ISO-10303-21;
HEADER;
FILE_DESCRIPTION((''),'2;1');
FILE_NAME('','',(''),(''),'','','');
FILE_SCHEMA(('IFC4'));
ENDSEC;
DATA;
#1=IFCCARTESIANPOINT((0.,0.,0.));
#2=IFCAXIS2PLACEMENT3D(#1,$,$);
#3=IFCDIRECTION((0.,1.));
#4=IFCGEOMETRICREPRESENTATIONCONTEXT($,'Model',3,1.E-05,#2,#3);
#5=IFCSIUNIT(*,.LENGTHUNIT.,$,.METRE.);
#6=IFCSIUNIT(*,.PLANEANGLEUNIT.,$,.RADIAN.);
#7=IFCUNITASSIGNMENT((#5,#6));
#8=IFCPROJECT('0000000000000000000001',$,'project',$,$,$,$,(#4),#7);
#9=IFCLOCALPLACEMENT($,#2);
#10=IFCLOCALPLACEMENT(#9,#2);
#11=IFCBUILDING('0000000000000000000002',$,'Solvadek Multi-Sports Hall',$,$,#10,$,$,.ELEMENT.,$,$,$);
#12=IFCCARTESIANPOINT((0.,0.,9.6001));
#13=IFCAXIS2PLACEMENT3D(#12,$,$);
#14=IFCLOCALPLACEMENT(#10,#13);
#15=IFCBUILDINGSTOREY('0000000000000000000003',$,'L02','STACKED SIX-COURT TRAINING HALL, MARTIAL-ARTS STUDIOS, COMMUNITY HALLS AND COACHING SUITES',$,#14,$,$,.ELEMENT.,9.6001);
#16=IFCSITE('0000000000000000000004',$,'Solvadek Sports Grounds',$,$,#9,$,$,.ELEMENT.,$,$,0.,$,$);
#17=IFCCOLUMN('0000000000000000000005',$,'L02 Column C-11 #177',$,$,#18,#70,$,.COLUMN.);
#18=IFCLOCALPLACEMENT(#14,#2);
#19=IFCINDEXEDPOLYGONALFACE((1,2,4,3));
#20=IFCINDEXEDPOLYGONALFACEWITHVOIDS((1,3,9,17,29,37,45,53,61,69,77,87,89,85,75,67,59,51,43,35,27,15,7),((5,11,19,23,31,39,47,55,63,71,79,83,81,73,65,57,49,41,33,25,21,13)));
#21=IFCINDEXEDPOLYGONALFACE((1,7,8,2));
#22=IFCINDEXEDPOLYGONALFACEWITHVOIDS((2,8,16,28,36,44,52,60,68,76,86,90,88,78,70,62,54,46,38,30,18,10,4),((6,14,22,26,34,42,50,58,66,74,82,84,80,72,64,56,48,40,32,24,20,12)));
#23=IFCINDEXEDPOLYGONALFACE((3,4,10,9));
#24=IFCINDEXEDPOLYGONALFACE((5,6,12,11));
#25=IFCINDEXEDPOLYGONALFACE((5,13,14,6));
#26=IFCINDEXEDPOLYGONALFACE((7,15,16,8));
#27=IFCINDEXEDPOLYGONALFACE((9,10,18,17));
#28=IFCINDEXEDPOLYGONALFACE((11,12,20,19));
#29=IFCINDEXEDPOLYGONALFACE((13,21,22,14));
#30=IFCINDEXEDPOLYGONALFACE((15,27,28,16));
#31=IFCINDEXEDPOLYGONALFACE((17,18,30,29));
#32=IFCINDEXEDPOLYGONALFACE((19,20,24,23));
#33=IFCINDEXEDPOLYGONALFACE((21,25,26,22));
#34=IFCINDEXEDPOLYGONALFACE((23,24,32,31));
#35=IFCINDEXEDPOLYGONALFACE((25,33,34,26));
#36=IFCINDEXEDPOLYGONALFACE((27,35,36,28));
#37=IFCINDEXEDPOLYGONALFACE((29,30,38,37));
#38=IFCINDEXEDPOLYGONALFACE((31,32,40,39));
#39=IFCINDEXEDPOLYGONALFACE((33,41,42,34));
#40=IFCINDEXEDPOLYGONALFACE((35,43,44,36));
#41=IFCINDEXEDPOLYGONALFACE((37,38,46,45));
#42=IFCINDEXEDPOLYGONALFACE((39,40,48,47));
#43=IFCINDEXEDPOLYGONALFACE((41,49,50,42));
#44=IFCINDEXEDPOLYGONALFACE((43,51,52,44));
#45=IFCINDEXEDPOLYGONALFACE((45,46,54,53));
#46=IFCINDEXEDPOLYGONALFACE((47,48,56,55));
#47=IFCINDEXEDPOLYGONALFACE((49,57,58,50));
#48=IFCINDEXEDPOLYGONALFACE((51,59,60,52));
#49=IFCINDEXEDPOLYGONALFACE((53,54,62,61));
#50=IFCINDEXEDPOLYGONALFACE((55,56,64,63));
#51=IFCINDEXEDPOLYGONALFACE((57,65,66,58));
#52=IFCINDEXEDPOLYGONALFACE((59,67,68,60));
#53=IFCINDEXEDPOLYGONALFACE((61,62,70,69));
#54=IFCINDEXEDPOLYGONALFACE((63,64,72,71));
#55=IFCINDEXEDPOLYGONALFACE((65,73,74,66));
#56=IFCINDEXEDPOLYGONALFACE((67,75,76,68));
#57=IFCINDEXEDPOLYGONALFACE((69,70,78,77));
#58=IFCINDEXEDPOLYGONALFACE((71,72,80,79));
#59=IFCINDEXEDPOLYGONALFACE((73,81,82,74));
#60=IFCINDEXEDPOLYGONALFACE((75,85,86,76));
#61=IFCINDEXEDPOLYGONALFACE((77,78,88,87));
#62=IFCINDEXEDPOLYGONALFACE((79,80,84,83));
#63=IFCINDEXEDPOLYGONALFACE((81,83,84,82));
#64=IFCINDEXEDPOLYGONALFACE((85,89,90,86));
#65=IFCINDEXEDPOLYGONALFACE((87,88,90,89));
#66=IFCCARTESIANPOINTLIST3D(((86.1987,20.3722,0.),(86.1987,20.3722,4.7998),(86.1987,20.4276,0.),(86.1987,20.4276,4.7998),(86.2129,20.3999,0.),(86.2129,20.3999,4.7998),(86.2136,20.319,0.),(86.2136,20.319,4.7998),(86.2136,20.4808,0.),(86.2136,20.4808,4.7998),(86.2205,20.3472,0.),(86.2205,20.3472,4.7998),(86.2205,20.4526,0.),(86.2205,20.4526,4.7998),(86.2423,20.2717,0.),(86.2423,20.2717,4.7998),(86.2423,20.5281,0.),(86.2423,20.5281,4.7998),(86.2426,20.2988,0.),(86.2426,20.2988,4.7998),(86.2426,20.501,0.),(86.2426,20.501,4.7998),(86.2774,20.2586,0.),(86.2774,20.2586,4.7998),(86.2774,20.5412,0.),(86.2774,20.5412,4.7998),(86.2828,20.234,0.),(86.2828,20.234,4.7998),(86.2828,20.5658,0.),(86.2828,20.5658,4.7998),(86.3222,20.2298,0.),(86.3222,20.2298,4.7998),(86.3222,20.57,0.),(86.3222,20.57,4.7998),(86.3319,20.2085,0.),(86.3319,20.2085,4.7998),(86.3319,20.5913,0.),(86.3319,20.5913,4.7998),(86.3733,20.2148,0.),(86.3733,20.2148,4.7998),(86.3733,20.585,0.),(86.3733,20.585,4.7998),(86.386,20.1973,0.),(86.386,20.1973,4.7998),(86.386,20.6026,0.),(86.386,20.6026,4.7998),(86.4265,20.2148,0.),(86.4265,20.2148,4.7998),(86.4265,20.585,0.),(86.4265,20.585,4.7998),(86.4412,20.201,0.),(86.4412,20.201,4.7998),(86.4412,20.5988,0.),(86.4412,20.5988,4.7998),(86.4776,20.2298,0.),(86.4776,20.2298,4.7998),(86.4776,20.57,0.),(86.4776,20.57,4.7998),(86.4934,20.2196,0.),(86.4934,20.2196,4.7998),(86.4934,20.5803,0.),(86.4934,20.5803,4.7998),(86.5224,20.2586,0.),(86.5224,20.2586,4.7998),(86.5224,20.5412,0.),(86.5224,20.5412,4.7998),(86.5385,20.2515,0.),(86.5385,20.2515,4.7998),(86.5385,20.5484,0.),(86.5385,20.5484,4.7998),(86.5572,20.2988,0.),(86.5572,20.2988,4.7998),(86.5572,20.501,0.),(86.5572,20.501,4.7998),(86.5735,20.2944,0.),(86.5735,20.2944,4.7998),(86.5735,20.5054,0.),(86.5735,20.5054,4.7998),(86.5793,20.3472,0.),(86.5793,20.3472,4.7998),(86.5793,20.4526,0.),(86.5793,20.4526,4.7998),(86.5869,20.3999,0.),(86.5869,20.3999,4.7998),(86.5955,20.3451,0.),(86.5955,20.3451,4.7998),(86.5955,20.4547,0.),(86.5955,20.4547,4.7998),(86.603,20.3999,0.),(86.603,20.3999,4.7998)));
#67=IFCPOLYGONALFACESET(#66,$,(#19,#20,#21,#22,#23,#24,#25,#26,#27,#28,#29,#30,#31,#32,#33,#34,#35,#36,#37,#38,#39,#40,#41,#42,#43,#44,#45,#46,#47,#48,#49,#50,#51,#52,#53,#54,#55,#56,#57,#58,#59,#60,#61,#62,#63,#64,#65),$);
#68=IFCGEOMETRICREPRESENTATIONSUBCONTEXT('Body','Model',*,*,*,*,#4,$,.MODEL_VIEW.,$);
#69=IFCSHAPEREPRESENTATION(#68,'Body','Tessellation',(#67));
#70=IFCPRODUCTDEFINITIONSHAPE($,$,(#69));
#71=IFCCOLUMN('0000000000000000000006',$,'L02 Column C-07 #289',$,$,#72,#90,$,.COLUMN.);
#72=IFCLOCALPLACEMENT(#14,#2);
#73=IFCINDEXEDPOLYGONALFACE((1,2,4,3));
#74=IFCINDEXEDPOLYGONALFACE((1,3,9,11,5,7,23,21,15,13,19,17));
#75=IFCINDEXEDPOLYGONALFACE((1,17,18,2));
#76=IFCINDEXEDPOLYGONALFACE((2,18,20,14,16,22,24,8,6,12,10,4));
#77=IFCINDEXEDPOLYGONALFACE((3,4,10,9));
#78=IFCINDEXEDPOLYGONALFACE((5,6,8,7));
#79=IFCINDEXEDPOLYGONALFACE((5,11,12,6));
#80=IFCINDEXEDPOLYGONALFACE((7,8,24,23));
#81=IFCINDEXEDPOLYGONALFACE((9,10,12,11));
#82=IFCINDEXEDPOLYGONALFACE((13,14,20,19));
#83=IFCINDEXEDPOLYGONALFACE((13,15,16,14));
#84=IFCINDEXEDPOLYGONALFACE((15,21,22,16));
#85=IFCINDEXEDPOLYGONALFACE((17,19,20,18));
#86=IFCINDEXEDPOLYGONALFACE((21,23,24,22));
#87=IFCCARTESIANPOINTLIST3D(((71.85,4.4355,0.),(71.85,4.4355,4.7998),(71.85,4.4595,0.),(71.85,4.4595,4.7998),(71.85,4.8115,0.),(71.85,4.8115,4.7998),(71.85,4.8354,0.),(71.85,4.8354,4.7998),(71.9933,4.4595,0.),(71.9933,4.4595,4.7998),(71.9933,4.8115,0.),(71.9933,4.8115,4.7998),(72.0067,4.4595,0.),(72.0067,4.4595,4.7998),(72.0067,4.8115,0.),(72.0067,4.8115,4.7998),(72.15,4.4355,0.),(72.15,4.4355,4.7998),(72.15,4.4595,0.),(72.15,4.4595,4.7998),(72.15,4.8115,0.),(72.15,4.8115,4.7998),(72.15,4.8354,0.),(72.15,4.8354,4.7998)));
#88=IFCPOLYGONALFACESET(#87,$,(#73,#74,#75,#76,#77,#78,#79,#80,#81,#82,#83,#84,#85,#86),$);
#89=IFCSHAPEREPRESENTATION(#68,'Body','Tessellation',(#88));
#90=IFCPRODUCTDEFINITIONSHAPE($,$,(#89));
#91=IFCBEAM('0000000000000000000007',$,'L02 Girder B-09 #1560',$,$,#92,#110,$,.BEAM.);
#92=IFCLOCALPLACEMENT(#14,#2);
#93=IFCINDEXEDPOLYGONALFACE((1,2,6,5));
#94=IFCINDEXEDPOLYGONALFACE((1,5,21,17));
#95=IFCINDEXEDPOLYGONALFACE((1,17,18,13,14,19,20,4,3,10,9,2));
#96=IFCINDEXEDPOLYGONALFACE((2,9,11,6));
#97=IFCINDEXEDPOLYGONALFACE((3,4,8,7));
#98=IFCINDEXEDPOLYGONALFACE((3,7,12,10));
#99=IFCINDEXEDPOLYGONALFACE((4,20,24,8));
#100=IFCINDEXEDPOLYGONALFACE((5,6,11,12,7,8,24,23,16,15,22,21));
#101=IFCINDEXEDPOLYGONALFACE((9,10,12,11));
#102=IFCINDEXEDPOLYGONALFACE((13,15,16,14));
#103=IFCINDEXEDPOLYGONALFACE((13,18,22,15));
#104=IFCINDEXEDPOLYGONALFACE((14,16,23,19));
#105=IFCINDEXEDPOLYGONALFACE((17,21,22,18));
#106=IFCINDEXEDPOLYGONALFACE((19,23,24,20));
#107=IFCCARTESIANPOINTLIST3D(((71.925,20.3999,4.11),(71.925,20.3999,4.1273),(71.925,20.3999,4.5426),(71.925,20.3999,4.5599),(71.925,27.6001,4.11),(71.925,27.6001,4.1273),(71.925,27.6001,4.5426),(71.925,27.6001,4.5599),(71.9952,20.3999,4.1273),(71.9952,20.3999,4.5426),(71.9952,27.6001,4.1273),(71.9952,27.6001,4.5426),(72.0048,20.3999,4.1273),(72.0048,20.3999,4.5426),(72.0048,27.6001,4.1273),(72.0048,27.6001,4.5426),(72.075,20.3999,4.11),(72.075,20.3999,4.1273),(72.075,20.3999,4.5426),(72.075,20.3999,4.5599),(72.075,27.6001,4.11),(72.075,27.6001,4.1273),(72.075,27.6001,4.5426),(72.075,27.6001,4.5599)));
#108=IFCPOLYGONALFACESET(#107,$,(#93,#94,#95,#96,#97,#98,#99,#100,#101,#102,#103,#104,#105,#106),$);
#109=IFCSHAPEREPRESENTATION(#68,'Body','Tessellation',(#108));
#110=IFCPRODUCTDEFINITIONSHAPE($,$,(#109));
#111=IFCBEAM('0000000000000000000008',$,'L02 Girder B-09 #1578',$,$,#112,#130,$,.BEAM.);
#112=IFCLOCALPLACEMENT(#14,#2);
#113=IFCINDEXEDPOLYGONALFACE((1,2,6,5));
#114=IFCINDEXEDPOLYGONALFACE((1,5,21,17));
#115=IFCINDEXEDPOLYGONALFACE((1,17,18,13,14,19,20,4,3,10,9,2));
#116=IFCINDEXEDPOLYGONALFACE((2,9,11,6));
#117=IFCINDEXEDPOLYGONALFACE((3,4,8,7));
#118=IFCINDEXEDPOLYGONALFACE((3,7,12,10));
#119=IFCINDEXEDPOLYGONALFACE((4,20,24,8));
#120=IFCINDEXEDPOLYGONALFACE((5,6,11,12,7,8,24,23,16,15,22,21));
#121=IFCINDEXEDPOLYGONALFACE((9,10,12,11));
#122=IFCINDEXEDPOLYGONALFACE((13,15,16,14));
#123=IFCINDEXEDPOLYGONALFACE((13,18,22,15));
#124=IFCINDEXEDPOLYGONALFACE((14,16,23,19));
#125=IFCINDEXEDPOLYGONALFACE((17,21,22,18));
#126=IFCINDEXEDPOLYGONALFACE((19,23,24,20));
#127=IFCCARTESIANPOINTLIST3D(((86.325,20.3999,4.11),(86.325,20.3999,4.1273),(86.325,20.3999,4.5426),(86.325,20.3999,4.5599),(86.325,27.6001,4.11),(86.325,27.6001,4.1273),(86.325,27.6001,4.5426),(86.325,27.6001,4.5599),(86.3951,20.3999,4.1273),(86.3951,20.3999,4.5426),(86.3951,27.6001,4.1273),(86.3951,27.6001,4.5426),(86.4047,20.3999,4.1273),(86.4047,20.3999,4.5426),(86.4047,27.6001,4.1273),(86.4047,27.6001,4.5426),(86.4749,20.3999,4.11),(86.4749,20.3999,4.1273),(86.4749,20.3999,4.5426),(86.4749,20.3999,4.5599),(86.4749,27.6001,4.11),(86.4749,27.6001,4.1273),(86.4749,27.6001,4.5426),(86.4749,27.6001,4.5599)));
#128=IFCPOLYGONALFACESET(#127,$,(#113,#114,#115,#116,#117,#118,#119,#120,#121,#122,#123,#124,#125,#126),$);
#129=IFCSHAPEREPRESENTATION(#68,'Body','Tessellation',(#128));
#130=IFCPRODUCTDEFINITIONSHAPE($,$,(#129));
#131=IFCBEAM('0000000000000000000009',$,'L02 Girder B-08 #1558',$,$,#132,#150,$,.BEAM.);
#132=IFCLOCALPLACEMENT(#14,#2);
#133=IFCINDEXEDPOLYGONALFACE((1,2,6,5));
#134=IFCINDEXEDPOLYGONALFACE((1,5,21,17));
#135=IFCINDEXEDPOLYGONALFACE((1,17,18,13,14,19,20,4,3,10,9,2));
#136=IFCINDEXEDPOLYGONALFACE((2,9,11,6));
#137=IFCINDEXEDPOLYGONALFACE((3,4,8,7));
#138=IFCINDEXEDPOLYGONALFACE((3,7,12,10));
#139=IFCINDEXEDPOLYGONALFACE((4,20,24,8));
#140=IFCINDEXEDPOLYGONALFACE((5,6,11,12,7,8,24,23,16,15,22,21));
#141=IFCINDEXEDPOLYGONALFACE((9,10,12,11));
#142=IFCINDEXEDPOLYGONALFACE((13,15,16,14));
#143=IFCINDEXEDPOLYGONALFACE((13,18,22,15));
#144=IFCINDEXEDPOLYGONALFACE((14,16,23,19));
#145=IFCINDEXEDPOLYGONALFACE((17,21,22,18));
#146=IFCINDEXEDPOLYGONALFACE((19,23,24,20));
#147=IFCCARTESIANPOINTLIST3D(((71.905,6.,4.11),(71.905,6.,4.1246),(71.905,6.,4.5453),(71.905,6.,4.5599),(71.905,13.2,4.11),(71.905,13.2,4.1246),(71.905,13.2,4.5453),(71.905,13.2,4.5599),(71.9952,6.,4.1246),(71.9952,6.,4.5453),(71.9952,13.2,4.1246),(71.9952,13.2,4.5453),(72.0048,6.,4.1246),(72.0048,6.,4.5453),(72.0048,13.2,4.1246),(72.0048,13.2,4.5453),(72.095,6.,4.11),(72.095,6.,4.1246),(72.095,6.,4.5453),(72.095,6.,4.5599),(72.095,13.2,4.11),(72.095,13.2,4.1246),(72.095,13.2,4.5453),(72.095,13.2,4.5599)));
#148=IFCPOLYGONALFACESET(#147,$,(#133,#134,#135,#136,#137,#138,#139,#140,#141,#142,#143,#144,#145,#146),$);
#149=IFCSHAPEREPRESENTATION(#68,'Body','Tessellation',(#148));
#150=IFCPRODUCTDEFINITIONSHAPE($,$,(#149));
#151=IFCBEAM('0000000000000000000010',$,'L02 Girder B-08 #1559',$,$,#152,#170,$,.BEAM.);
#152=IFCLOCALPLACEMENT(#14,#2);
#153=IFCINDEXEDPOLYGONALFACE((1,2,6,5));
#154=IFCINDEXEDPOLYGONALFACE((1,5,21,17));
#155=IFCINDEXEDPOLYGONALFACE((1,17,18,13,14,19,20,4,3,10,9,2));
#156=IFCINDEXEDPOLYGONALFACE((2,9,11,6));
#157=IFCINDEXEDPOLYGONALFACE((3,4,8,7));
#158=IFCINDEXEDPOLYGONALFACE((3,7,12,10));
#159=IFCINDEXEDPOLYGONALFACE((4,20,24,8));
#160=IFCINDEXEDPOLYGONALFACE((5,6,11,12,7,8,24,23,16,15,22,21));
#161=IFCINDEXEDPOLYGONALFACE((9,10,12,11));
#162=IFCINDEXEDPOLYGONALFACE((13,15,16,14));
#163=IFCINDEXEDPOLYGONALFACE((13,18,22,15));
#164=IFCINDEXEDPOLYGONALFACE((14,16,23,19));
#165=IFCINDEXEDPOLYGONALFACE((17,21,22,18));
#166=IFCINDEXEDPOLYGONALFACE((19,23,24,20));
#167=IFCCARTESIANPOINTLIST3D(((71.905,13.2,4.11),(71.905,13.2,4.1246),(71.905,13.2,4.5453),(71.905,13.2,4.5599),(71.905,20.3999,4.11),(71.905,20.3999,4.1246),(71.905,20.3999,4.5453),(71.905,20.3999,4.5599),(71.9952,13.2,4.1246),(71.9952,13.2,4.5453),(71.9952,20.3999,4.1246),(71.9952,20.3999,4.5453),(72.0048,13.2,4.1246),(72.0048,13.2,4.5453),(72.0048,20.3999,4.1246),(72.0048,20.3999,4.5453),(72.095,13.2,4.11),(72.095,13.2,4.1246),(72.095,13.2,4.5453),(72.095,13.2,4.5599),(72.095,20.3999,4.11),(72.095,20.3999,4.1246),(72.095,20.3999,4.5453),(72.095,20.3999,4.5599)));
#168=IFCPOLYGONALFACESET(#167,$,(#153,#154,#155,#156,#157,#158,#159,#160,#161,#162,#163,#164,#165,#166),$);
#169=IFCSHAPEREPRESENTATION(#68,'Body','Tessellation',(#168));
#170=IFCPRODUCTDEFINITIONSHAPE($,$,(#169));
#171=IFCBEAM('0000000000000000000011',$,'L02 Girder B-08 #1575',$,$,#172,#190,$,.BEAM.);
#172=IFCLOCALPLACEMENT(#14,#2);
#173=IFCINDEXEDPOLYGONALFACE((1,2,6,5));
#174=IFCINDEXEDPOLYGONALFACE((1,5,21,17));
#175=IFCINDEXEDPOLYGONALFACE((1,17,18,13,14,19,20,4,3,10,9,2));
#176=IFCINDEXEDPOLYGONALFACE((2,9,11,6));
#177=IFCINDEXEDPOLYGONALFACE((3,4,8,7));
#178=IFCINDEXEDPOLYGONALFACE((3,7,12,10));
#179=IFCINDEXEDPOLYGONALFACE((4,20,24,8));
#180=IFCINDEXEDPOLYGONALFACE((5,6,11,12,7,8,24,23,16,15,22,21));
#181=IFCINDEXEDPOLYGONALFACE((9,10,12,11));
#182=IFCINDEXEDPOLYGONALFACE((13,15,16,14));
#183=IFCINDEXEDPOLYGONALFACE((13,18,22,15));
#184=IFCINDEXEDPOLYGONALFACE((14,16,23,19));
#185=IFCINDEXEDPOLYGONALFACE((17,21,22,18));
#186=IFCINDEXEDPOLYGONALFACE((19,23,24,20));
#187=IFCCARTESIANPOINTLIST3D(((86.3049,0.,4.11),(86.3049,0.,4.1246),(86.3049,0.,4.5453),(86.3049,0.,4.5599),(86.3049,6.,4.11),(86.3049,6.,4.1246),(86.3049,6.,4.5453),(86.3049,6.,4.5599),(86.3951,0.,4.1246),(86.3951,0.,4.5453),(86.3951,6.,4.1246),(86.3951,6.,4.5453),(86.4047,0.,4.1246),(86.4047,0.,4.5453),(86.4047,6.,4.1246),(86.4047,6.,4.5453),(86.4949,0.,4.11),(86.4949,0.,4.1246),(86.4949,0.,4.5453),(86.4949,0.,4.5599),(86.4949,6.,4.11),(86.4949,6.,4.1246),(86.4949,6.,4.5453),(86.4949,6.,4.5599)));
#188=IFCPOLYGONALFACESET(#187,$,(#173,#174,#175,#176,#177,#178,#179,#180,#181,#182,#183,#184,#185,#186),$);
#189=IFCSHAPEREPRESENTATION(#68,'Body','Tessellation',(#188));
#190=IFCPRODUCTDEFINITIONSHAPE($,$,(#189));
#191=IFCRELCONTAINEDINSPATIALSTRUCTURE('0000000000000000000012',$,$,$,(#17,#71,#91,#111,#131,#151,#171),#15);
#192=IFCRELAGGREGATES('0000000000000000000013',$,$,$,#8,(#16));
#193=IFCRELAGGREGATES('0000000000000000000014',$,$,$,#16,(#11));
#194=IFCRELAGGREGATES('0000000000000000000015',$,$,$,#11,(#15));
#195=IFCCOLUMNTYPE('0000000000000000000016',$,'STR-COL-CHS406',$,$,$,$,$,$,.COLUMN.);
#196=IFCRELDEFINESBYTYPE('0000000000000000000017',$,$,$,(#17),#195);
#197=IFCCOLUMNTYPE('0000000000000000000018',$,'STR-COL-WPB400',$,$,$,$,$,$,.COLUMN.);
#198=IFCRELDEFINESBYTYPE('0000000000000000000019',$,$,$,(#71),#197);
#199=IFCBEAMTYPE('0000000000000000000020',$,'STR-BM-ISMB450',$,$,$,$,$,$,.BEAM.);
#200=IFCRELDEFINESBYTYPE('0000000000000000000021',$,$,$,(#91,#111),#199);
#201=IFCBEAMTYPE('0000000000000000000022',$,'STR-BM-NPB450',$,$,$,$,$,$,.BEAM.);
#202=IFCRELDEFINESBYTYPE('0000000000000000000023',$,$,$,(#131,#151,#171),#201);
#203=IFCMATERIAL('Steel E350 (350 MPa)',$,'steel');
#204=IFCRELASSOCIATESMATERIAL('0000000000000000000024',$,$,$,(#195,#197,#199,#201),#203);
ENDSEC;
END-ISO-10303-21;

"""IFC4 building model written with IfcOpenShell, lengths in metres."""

from ifc_helpers import new_model, si_unit, direction, frame, origin, origin_2d, place, context, subcontext, project, spatial, hollow_circle, i_section, extrude, material, material_profile, profile_set, type_object, element, save


model = new_model("IFC4")

# Units and contexts
model_context = context("Model", 3, precision=1e-05, world=origin(), true_north=direction((0.0, 1.0)))
body_context = subcontext(model_context, "Body", "Model", "MODEL_VIEW")
ifc_project = project(units=[si_unit("LENGTHUNIT", "METRE"), si_unit("PLANEANGLEUNIT", "RADIAN")], contexts=[model_context])

# Site, building, storey
site_placement = place(None, origin())
site = spatial("IfcSite", under=ifc_project, at=site_placement, Name="Solvadek Sports Grounds", CompositionType="ELEMENT", RefElevation=0.0)
building_placement = place(site_placement, origin())
building = spatial("IfcBuilding", under=site, at=building_placement, Name="Solvadek Multi-Sports Hall", CompositionType="ELEMENT")
storey_placement = place(building_placement, frame((0.0, 0.0, 9.6001)))
storey = spatial("IfcBuildingStorey", under=building, at=storey_placement, Name="L02", Description="STACKED SIX-COURT TRAINING HALL, MARTIAL-ARTS STUDIOS, COMMUNITY HALLS AND COACHING SUITES", CompositionType="ELEMENT", Elevation=9.6001)

# Columns
ifc_material_1 = material(Name="Steel E350 (350 MPa)", Category="steel")
ifc_material_profile_1 = material_profile(ifc_material_1, hollow_circle(Radius=0.2031, WallThickness=0.0161, at=origin_2d()), Name="CHS 406.4x16")
ifc_profile_set_1 = profile_set([ifc_material_profile_1], Name="Steel E350 (350 MPa)")
column_type_1 = type_object("IfcColumnType", Name="STR-COL-CHS406", PredefinedType="COLUMN", material=ifc_profile_set_1)
for number, where, z_axis, x_axis, name in (
    (1, (86.3999, 20.3999, 0.0), (0.0, 0.0, 1.0), (1.0, 0.0, 0.0), "L02 Column C-11 #177"),
):
    element("IfcColumn", number, at=place(storey_placement, frame(where, z_axis=z_axis, x_axis=x_axis)), inside=storey, type_object=column_type_1, Name=name, PredefinedType="COLUMN", context=body_context, shape_type="SweptSolid", body=[
        extrude(hollow_circle(Radius=0.2031, WallThickness=0.0161, at=origin_2d()), origin(), (0.0, 0.0, 1.0), 4.7998),
    ])
ifc_material_profile_2 = material_profile(ifc_material_1, i_section(OverallWidth=0.3, OverallDepth=0.3999, WebThickness=0.0134, FlangeThickness=0.0239, at=origin_2d()), Name="WPB 400")
ifc_profile_set_2 = profile_set([ifc_material_profile_2], Name="Steel E350 (350 MPa)")
column_type_2 = type_object("IfcColumnType", Name="STR-COL-WPB400", PredefinedType="COLUMN", material=ifc_profile_set_2)
column_placement = place(storey_placement, frame((72.0, 4.6355, 0.0), z_axis=(0.0, 0.0, 1.0), x_axis=(1.0, 0.0, 0.0)))
element("IfcColumn", 2, at=column_placement, inside=storey, type_object=column_type_2, Name="L02 Column C-07 #289", PredefinedType="COLUMN", context=body_context, shape_type="SweptSolid", body=[
    extrude(i_section(OverallWidth=0.3, OverallDepth=0.3999, WebThickness=0.0134, FlangeThickness=0.0239, at=origin_2d()), origin(), (0.0, 0.0, 1.0), 4.7998),
])

# Beams
ifc_material_profile_3 = material_profile(ifc_material_1, i_section(OverallWidth=0.1499, OverallDepth=0.45, WebThickness=0.0095, FlangeThickness=0.0173, at=origin_2d()), Name="ISMB 450")
ifc_profile_set_3 = profile_set([ifc_material_profile_3], Name="Steel E350 (350 MPa)")
beam_type_1 = type_object("IfcBeamType", Name="STR-BM-ISMB450", PredefinedType="BEAM", material=ifc_profile_set_3)
for number, where, z_axis, x_axis, name in (
    (3, (72.0, 20.3999, 4.335), (0.0, 1.0, 0.0), (-1.0, 0.0, 0.0), "L02 Girder B-09 #1560"),
    (4, (86.3999, 20.3999, 4.335), (0.0, 1.0, 0.0), (-1.0, 0.0, 0.0), "L02 Girder B-09 #1578"),
):
    element("IfcBeam", number, at=place(storey_placement, frame(where, z_axis=z_axis, x_axis=x_axis)), inside=storey, type_object=beam_type_1, Name=name, PredefinedType="BEAM", context=body_context, shape_type="SweptSolid", body=[
        extrude(i_section(OverallWidth=0.1499, OverallDepth=0.45, WebThickness=0.0095, FlangeThickness=0.0173, at=origin_2d()), origin(), (0.0, 0.0, 1.0), 7.2002),
    ])
ifc_material_profile_4 = material_profile(ifc_material_1, i_section(OverallWidth=0.1899, OverallDepth=0.45, WebThickness=0.0095, FlangeThickness=0.0146, at=origin_2d()), Name="NPB 450")
ifc_profile_set_4 = profile_set([ifc_material_profile_4], Name="Steel E350 (350 MPa)")
beam_type_2 = type_object("IfcBeamType", Name="STR-BM-NPB450", PredefinedType="BEAM", material=ifc_profile_set_4)
for number, where, z_axis, x_axis, name in (
    (5, (72.0, 6.0, 4.335), (0.0, 1.0, 0.0), (-1.0, 0.0, 0.0), "L02 Girder B-08 #1558"),
    (6, (72.0, 13.2, 4.335), (0.0, 1.0, 0.0), (-1.0, 0.0, 0.0), "L02 Girder B-08 #1559"),
):
    element("IfcBeam", number, at=place(storey_placement, frame(where, z_axis=z_axis, x_axis=x_axis)), inside=storey, type_object=beam_type_2, Name=name, PredefinedType="BEAM", context=body_context, shape_type="SweptSolid", body=[
        extrude(i_section(OverallWidth=0.1899, OverallDepth=0.45, WebThickness=0.0095, FlangeThickness=0.0146, at=origin_2d()), origin(), (0.0, 0.0, 1.0), 7.2),
    ])
beam_1_placement = place(storey_placement, frame((86.3999, 0.0, 4.335), z_axis=(0.0, 1.0, 0.0), x_axis=(-1.0, 0.0, 0.0)))
element("IfcBeam", 7, at=beam_1_placement, inside=storey, type_object=beam_type_2, Name="L02 Girder B-08 #1575", PredefinedType="BEAM", context=body_context, shape_type="SweptSolid", body=[
    extrude(i_section(OverallWidth=0.1899, OverallDepth=0.45, WebThickness=0.0095, FlangeThickness=0.0146, at=origin_2d()), origin(), (0.0, 0.0, 1.0), 6.0),
])

save(model, "model.ifc")
